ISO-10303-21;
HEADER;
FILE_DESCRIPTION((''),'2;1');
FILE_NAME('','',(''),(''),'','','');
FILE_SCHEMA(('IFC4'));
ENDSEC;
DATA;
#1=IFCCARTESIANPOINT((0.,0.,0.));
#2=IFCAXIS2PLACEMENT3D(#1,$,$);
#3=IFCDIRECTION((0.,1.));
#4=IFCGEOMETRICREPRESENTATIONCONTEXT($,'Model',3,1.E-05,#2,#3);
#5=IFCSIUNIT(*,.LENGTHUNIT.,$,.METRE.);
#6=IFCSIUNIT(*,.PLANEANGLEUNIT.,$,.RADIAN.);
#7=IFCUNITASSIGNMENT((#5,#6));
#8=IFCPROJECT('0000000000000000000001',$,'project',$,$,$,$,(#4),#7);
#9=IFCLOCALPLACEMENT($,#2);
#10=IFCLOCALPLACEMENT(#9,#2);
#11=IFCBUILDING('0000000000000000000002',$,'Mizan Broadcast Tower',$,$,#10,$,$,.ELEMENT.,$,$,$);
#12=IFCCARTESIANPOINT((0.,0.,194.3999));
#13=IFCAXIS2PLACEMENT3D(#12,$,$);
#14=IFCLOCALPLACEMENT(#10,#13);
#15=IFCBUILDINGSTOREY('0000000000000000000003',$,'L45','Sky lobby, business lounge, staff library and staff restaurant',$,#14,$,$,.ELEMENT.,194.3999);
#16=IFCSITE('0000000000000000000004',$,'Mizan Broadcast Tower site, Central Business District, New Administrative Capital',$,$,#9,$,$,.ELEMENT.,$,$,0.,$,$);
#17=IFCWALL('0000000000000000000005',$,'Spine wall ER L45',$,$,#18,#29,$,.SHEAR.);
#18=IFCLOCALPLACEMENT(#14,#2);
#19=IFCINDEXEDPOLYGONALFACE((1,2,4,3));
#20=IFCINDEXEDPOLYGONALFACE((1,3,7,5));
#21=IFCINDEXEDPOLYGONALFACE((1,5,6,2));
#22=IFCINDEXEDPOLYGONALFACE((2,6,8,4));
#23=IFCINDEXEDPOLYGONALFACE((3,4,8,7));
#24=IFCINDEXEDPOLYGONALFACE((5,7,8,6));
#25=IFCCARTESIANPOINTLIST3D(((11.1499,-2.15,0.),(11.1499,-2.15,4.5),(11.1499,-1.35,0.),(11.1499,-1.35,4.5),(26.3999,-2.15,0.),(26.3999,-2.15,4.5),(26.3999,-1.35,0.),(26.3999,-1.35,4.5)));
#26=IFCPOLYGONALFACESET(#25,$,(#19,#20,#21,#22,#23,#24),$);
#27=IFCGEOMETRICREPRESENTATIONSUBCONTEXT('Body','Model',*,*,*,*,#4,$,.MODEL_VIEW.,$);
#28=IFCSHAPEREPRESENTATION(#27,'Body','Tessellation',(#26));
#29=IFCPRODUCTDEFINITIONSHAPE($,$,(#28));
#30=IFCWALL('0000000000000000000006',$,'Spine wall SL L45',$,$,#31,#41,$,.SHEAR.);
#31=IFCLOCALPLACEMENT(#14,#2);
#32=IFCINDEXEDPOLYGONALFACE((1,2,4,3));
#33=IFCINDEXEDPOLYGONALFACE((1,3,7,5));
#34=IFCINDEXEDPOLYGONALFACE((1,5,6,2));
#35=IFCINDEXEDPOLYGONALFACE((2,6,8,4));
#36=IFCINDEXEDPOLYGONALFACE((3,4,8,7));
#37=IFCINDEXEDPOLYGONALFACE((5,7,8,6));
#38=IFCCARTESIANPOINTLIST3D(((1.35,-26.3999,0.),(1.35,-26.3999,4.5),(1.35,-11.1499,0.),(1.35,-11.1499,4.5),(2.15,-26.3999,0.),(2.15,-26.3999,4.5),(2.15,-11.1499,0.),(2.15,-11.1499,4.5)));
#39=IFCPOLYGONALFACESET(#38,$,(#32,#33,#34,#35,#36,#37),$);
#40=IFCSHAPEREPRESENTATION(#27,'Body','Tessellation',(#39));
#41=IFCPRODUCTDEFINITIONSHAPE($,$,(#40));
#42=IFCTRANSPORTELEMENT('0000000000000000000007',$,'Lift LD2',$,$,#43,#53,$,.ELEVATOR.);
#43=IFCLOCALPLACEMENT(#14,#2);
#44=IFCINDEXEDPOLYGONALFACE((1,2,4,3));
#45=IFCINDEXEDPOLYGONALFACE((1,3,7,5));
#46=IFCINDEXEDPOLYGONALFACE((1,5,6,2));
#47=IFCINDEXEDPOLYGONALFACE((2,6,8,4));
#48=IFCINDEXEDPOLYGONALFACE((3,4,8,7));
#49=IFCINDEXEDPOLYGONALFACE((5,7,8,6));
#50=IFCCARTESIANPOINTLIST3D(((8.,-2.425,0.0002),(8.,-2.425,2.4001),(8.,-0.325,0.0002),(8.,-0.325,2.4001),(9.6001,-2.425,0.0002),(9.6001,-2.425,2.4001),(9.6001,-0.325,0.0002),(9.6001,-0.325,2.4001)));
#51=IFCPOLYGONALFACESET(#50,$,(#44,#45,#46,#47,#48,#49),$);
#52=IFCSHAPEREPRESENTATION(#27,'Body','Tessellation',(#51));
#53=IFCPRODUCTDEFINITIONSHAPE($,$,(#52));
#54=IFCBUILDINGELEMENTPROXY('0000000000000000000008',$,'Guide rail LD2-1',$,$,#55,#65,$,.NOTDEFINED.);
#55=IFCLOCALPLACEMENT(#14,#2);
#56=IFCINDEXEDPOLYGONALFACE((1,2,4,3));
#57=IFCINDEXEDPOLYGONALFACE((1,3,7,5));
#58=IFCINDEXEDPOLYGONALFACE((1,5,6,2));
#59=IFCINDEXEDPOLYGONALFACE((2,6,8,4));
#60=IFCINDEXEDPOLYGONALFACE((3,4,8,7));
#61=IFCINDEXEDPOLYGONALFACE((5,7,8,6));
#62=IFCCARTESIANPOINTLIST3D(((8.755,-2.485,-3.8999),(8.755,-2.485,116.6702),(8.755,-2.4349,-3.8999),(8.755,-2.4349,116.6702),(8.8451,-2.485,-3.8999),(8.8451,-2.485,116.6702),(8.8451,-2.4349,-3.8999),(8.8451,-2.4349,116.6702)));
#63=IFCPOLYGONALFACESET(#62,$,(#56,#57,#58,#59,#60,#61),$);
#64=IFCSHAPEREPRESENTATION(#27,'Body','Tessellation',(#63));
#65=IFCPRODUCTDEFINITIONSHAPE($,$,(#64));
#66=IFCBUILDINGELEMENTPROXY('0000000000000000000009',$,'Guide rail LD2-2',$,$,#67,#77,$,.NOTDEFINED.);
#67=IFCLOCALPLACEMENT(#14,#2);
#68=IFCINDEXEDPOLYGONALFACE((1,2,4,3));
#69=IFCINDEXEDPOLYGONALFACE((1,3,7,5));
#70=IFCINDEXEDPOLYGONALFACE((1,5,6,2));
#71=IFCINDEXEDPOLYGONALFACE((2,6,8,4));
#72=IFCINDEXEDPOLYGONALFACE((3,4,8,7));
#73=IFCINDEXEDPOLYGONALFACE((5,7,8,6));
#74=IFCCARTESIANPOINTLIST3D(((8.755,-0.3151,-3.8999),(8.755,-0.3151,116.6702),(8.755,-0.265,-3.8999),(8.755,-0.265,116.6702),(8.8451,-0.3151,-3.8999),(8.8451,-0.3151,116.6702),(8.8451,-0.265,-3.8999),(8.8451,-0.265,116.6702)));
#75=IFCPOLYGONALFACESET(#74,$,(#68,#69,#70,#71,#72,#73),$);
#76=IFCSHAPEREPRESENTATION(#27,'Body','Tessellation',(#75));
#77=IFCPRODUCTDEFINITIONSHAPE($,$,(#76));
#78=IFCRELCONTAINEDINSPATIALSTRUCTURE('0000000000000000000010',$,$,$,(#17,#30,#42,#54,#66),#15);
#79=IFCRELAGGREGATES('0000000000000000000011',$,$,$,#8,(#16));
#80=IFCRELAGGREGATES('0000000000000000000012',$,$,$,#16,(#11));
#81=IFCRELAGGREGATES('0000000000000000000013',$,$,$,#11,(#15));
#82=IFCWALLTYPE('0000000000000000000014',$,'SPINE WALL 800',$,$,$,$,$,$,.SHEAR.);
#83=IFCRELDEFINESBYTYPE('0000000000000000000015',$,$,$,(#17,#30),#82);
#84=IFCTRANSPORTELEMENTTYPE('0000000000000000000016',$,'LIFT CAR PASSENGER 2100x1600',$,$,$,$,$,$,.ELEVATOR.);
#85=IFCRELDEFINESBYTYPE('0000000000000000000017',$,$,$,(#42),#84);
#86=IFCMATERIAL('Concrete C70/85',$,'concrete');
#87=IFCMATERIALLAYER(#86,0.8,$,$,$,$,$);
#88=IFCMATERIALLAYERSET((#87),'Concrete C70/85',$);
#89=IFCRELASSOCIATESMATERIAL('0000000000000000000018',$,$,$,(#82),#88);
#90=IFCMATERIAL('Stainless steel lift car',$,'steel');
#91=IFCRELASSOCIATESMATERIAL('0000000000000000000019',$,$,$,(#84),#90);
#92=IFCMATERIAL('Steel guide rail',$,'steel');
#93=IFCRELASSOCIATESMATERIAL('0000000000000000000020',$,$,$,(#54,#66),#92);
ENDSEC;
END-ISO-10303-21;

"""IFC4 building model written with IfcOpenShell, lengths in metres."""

from ifc_helpers import new_model, si_unit, direction, frame, frame_2d, origin, origin_2d, place, context, subcontext, project, spatial, rectangle, extrude, material, layer, layer_set, type_object, element, save


model = new_model("IFC4")

# Units and contexts
model_context = context("Model", 3, precision=1e-05, world=origin(), true_north=direction((0.0, 1.0)))
body_context = subcontext(model_context, "Body", "Model", "MODEL_VIEW")
ifc_project = project(units=[si_unit("LENGTHUNIT", "METRE"), si_unit("PLANEANGLEUNIT", "RADIAN")], contexts=[model_context])

# Site, building, storey
site_placement = place(None, origin())
site = spatial("IfcSite", under=ifc_project, at=site_placement, Name="Mizan Broadcast Tower site, Central Business District, New Administrative Capital", CompositionType="ELEMENT", RefElevation=0.0)
building_placement = place(site_placement, origin())
building = spatial("IfcBuilding", under=site, at=building_placement, Name="Mizan Broadcast Tower", CompositionType="ELEMENT")
storey_placement = place(building_placement, frame((0.0, 0.0, 194.3999)))
storey = spatial("IfcBuildingStorey", under=building, at=storey_placement, Name="L45", Description="Sky lobby, business lounge, staff library and staff restaurant", CompositionType="ELEMENT", Elevation=194.3999)

# Walls
ifc_material_1 = material(Name="Concrete C70/85", Category="concrete")
ifc_layer_1 = layer(ifc_material_1, 0.8)
ifc_layer_set_1 = layer_set([ifc_layer_1], Name="Concrete C70/85")
wall_type_1 = type_object("IfcWallType", Name="SPINE WALL 800", PredefinedType="SHEAR", material=ifc_layer_set_1)
for number, where, z_axis, x_axis, name in (
    (1, (11.1499, -1.75, 0.0), (0.0, 0.0, 1.0), (1.0, 0.0, 0.0), "Spine wall ER L45"),
    (2, (1.75, -11.1499, 0.0), (0.0, 0.0, 1.0), (0.0, -1.0, 0.0), "Spine wall SL L45"),
):
    element("IfcWall", number, at=place(storey_placement, frame(where, z_axis=z_axis, x_axis=x_axis)), inside=storey, type_object=wall_type_1, Name=name, PredefinedType="SHEAR", context=body_context, shape_type="SweptSolid", body=[
        extrude(rectangle(XDim=15.25, YDim=0.8, at=frame_2d((7.625, 0.0))), origin(), (0.0, 0.0, 1.0), 4.5),
    ])

# Transport element
ifc_material_2 = material(Name="Stainless steel lift car", Category="steel")
transport_element_type = type_object("IfcTransportElementType", Name="LIFT CAR PASSENGER 2100x1600", PredefinedType="ELEVATOR", material=ifc_material_2)
transport_element_placement = place(storey_placement, frame((8.8, -1.375, 0.0002), z_axis=(0.0, 0.0, 1.0), x_axis=(1.0, 0.0, 0.0)))
element("IfcTransportElement", 3, at=transport_element_placement, inside=storey, type_object=transport_element_type, Name="Lift LD2", PredefinedType="ELEVATOR", context=body_context, shape_type="SweptSolid", body=[
    extrude(rectangle(XDim=1.6001, YDim=2.1001, at=origin_2d()), origin(), (0.0, 0.0, 1.0), 2.3999),
])

# Building element proxies
ifc_material_3 = material(Name="Steel guide rail", Category="steel")
for number, where, z_axis, x_axis, name in (
    (4, (8.8, -2.46, -3.8999), (0.0, 0.0, 1.0), (1.0, 0.0, 0.0), "Guide rail LD2-1"),
    (5, (8.8, -0.29, -3.8999), (0.0, 0.0, 1.0), (1.0, 0.0, 0.0), "Guide rail LD2-2"),
):
    element("IfcBuildingElementProxy", number, at=place(storey_placement, frame(where, z_axis=z_axis, x_axis=x_axis)), inside=storey, material=ifc_material_3, Name=name, PredefinedType="NOTDEFINED", context=body_context, shape_type="SweptSolid", body=[
        extrude(rectangle(XDim=0.0901, YDim=0.05, at=origin_2d()), origin(), (0.0, 0.0, 1.0), 120.5701),
    ])

save(model, "model.ifc")
